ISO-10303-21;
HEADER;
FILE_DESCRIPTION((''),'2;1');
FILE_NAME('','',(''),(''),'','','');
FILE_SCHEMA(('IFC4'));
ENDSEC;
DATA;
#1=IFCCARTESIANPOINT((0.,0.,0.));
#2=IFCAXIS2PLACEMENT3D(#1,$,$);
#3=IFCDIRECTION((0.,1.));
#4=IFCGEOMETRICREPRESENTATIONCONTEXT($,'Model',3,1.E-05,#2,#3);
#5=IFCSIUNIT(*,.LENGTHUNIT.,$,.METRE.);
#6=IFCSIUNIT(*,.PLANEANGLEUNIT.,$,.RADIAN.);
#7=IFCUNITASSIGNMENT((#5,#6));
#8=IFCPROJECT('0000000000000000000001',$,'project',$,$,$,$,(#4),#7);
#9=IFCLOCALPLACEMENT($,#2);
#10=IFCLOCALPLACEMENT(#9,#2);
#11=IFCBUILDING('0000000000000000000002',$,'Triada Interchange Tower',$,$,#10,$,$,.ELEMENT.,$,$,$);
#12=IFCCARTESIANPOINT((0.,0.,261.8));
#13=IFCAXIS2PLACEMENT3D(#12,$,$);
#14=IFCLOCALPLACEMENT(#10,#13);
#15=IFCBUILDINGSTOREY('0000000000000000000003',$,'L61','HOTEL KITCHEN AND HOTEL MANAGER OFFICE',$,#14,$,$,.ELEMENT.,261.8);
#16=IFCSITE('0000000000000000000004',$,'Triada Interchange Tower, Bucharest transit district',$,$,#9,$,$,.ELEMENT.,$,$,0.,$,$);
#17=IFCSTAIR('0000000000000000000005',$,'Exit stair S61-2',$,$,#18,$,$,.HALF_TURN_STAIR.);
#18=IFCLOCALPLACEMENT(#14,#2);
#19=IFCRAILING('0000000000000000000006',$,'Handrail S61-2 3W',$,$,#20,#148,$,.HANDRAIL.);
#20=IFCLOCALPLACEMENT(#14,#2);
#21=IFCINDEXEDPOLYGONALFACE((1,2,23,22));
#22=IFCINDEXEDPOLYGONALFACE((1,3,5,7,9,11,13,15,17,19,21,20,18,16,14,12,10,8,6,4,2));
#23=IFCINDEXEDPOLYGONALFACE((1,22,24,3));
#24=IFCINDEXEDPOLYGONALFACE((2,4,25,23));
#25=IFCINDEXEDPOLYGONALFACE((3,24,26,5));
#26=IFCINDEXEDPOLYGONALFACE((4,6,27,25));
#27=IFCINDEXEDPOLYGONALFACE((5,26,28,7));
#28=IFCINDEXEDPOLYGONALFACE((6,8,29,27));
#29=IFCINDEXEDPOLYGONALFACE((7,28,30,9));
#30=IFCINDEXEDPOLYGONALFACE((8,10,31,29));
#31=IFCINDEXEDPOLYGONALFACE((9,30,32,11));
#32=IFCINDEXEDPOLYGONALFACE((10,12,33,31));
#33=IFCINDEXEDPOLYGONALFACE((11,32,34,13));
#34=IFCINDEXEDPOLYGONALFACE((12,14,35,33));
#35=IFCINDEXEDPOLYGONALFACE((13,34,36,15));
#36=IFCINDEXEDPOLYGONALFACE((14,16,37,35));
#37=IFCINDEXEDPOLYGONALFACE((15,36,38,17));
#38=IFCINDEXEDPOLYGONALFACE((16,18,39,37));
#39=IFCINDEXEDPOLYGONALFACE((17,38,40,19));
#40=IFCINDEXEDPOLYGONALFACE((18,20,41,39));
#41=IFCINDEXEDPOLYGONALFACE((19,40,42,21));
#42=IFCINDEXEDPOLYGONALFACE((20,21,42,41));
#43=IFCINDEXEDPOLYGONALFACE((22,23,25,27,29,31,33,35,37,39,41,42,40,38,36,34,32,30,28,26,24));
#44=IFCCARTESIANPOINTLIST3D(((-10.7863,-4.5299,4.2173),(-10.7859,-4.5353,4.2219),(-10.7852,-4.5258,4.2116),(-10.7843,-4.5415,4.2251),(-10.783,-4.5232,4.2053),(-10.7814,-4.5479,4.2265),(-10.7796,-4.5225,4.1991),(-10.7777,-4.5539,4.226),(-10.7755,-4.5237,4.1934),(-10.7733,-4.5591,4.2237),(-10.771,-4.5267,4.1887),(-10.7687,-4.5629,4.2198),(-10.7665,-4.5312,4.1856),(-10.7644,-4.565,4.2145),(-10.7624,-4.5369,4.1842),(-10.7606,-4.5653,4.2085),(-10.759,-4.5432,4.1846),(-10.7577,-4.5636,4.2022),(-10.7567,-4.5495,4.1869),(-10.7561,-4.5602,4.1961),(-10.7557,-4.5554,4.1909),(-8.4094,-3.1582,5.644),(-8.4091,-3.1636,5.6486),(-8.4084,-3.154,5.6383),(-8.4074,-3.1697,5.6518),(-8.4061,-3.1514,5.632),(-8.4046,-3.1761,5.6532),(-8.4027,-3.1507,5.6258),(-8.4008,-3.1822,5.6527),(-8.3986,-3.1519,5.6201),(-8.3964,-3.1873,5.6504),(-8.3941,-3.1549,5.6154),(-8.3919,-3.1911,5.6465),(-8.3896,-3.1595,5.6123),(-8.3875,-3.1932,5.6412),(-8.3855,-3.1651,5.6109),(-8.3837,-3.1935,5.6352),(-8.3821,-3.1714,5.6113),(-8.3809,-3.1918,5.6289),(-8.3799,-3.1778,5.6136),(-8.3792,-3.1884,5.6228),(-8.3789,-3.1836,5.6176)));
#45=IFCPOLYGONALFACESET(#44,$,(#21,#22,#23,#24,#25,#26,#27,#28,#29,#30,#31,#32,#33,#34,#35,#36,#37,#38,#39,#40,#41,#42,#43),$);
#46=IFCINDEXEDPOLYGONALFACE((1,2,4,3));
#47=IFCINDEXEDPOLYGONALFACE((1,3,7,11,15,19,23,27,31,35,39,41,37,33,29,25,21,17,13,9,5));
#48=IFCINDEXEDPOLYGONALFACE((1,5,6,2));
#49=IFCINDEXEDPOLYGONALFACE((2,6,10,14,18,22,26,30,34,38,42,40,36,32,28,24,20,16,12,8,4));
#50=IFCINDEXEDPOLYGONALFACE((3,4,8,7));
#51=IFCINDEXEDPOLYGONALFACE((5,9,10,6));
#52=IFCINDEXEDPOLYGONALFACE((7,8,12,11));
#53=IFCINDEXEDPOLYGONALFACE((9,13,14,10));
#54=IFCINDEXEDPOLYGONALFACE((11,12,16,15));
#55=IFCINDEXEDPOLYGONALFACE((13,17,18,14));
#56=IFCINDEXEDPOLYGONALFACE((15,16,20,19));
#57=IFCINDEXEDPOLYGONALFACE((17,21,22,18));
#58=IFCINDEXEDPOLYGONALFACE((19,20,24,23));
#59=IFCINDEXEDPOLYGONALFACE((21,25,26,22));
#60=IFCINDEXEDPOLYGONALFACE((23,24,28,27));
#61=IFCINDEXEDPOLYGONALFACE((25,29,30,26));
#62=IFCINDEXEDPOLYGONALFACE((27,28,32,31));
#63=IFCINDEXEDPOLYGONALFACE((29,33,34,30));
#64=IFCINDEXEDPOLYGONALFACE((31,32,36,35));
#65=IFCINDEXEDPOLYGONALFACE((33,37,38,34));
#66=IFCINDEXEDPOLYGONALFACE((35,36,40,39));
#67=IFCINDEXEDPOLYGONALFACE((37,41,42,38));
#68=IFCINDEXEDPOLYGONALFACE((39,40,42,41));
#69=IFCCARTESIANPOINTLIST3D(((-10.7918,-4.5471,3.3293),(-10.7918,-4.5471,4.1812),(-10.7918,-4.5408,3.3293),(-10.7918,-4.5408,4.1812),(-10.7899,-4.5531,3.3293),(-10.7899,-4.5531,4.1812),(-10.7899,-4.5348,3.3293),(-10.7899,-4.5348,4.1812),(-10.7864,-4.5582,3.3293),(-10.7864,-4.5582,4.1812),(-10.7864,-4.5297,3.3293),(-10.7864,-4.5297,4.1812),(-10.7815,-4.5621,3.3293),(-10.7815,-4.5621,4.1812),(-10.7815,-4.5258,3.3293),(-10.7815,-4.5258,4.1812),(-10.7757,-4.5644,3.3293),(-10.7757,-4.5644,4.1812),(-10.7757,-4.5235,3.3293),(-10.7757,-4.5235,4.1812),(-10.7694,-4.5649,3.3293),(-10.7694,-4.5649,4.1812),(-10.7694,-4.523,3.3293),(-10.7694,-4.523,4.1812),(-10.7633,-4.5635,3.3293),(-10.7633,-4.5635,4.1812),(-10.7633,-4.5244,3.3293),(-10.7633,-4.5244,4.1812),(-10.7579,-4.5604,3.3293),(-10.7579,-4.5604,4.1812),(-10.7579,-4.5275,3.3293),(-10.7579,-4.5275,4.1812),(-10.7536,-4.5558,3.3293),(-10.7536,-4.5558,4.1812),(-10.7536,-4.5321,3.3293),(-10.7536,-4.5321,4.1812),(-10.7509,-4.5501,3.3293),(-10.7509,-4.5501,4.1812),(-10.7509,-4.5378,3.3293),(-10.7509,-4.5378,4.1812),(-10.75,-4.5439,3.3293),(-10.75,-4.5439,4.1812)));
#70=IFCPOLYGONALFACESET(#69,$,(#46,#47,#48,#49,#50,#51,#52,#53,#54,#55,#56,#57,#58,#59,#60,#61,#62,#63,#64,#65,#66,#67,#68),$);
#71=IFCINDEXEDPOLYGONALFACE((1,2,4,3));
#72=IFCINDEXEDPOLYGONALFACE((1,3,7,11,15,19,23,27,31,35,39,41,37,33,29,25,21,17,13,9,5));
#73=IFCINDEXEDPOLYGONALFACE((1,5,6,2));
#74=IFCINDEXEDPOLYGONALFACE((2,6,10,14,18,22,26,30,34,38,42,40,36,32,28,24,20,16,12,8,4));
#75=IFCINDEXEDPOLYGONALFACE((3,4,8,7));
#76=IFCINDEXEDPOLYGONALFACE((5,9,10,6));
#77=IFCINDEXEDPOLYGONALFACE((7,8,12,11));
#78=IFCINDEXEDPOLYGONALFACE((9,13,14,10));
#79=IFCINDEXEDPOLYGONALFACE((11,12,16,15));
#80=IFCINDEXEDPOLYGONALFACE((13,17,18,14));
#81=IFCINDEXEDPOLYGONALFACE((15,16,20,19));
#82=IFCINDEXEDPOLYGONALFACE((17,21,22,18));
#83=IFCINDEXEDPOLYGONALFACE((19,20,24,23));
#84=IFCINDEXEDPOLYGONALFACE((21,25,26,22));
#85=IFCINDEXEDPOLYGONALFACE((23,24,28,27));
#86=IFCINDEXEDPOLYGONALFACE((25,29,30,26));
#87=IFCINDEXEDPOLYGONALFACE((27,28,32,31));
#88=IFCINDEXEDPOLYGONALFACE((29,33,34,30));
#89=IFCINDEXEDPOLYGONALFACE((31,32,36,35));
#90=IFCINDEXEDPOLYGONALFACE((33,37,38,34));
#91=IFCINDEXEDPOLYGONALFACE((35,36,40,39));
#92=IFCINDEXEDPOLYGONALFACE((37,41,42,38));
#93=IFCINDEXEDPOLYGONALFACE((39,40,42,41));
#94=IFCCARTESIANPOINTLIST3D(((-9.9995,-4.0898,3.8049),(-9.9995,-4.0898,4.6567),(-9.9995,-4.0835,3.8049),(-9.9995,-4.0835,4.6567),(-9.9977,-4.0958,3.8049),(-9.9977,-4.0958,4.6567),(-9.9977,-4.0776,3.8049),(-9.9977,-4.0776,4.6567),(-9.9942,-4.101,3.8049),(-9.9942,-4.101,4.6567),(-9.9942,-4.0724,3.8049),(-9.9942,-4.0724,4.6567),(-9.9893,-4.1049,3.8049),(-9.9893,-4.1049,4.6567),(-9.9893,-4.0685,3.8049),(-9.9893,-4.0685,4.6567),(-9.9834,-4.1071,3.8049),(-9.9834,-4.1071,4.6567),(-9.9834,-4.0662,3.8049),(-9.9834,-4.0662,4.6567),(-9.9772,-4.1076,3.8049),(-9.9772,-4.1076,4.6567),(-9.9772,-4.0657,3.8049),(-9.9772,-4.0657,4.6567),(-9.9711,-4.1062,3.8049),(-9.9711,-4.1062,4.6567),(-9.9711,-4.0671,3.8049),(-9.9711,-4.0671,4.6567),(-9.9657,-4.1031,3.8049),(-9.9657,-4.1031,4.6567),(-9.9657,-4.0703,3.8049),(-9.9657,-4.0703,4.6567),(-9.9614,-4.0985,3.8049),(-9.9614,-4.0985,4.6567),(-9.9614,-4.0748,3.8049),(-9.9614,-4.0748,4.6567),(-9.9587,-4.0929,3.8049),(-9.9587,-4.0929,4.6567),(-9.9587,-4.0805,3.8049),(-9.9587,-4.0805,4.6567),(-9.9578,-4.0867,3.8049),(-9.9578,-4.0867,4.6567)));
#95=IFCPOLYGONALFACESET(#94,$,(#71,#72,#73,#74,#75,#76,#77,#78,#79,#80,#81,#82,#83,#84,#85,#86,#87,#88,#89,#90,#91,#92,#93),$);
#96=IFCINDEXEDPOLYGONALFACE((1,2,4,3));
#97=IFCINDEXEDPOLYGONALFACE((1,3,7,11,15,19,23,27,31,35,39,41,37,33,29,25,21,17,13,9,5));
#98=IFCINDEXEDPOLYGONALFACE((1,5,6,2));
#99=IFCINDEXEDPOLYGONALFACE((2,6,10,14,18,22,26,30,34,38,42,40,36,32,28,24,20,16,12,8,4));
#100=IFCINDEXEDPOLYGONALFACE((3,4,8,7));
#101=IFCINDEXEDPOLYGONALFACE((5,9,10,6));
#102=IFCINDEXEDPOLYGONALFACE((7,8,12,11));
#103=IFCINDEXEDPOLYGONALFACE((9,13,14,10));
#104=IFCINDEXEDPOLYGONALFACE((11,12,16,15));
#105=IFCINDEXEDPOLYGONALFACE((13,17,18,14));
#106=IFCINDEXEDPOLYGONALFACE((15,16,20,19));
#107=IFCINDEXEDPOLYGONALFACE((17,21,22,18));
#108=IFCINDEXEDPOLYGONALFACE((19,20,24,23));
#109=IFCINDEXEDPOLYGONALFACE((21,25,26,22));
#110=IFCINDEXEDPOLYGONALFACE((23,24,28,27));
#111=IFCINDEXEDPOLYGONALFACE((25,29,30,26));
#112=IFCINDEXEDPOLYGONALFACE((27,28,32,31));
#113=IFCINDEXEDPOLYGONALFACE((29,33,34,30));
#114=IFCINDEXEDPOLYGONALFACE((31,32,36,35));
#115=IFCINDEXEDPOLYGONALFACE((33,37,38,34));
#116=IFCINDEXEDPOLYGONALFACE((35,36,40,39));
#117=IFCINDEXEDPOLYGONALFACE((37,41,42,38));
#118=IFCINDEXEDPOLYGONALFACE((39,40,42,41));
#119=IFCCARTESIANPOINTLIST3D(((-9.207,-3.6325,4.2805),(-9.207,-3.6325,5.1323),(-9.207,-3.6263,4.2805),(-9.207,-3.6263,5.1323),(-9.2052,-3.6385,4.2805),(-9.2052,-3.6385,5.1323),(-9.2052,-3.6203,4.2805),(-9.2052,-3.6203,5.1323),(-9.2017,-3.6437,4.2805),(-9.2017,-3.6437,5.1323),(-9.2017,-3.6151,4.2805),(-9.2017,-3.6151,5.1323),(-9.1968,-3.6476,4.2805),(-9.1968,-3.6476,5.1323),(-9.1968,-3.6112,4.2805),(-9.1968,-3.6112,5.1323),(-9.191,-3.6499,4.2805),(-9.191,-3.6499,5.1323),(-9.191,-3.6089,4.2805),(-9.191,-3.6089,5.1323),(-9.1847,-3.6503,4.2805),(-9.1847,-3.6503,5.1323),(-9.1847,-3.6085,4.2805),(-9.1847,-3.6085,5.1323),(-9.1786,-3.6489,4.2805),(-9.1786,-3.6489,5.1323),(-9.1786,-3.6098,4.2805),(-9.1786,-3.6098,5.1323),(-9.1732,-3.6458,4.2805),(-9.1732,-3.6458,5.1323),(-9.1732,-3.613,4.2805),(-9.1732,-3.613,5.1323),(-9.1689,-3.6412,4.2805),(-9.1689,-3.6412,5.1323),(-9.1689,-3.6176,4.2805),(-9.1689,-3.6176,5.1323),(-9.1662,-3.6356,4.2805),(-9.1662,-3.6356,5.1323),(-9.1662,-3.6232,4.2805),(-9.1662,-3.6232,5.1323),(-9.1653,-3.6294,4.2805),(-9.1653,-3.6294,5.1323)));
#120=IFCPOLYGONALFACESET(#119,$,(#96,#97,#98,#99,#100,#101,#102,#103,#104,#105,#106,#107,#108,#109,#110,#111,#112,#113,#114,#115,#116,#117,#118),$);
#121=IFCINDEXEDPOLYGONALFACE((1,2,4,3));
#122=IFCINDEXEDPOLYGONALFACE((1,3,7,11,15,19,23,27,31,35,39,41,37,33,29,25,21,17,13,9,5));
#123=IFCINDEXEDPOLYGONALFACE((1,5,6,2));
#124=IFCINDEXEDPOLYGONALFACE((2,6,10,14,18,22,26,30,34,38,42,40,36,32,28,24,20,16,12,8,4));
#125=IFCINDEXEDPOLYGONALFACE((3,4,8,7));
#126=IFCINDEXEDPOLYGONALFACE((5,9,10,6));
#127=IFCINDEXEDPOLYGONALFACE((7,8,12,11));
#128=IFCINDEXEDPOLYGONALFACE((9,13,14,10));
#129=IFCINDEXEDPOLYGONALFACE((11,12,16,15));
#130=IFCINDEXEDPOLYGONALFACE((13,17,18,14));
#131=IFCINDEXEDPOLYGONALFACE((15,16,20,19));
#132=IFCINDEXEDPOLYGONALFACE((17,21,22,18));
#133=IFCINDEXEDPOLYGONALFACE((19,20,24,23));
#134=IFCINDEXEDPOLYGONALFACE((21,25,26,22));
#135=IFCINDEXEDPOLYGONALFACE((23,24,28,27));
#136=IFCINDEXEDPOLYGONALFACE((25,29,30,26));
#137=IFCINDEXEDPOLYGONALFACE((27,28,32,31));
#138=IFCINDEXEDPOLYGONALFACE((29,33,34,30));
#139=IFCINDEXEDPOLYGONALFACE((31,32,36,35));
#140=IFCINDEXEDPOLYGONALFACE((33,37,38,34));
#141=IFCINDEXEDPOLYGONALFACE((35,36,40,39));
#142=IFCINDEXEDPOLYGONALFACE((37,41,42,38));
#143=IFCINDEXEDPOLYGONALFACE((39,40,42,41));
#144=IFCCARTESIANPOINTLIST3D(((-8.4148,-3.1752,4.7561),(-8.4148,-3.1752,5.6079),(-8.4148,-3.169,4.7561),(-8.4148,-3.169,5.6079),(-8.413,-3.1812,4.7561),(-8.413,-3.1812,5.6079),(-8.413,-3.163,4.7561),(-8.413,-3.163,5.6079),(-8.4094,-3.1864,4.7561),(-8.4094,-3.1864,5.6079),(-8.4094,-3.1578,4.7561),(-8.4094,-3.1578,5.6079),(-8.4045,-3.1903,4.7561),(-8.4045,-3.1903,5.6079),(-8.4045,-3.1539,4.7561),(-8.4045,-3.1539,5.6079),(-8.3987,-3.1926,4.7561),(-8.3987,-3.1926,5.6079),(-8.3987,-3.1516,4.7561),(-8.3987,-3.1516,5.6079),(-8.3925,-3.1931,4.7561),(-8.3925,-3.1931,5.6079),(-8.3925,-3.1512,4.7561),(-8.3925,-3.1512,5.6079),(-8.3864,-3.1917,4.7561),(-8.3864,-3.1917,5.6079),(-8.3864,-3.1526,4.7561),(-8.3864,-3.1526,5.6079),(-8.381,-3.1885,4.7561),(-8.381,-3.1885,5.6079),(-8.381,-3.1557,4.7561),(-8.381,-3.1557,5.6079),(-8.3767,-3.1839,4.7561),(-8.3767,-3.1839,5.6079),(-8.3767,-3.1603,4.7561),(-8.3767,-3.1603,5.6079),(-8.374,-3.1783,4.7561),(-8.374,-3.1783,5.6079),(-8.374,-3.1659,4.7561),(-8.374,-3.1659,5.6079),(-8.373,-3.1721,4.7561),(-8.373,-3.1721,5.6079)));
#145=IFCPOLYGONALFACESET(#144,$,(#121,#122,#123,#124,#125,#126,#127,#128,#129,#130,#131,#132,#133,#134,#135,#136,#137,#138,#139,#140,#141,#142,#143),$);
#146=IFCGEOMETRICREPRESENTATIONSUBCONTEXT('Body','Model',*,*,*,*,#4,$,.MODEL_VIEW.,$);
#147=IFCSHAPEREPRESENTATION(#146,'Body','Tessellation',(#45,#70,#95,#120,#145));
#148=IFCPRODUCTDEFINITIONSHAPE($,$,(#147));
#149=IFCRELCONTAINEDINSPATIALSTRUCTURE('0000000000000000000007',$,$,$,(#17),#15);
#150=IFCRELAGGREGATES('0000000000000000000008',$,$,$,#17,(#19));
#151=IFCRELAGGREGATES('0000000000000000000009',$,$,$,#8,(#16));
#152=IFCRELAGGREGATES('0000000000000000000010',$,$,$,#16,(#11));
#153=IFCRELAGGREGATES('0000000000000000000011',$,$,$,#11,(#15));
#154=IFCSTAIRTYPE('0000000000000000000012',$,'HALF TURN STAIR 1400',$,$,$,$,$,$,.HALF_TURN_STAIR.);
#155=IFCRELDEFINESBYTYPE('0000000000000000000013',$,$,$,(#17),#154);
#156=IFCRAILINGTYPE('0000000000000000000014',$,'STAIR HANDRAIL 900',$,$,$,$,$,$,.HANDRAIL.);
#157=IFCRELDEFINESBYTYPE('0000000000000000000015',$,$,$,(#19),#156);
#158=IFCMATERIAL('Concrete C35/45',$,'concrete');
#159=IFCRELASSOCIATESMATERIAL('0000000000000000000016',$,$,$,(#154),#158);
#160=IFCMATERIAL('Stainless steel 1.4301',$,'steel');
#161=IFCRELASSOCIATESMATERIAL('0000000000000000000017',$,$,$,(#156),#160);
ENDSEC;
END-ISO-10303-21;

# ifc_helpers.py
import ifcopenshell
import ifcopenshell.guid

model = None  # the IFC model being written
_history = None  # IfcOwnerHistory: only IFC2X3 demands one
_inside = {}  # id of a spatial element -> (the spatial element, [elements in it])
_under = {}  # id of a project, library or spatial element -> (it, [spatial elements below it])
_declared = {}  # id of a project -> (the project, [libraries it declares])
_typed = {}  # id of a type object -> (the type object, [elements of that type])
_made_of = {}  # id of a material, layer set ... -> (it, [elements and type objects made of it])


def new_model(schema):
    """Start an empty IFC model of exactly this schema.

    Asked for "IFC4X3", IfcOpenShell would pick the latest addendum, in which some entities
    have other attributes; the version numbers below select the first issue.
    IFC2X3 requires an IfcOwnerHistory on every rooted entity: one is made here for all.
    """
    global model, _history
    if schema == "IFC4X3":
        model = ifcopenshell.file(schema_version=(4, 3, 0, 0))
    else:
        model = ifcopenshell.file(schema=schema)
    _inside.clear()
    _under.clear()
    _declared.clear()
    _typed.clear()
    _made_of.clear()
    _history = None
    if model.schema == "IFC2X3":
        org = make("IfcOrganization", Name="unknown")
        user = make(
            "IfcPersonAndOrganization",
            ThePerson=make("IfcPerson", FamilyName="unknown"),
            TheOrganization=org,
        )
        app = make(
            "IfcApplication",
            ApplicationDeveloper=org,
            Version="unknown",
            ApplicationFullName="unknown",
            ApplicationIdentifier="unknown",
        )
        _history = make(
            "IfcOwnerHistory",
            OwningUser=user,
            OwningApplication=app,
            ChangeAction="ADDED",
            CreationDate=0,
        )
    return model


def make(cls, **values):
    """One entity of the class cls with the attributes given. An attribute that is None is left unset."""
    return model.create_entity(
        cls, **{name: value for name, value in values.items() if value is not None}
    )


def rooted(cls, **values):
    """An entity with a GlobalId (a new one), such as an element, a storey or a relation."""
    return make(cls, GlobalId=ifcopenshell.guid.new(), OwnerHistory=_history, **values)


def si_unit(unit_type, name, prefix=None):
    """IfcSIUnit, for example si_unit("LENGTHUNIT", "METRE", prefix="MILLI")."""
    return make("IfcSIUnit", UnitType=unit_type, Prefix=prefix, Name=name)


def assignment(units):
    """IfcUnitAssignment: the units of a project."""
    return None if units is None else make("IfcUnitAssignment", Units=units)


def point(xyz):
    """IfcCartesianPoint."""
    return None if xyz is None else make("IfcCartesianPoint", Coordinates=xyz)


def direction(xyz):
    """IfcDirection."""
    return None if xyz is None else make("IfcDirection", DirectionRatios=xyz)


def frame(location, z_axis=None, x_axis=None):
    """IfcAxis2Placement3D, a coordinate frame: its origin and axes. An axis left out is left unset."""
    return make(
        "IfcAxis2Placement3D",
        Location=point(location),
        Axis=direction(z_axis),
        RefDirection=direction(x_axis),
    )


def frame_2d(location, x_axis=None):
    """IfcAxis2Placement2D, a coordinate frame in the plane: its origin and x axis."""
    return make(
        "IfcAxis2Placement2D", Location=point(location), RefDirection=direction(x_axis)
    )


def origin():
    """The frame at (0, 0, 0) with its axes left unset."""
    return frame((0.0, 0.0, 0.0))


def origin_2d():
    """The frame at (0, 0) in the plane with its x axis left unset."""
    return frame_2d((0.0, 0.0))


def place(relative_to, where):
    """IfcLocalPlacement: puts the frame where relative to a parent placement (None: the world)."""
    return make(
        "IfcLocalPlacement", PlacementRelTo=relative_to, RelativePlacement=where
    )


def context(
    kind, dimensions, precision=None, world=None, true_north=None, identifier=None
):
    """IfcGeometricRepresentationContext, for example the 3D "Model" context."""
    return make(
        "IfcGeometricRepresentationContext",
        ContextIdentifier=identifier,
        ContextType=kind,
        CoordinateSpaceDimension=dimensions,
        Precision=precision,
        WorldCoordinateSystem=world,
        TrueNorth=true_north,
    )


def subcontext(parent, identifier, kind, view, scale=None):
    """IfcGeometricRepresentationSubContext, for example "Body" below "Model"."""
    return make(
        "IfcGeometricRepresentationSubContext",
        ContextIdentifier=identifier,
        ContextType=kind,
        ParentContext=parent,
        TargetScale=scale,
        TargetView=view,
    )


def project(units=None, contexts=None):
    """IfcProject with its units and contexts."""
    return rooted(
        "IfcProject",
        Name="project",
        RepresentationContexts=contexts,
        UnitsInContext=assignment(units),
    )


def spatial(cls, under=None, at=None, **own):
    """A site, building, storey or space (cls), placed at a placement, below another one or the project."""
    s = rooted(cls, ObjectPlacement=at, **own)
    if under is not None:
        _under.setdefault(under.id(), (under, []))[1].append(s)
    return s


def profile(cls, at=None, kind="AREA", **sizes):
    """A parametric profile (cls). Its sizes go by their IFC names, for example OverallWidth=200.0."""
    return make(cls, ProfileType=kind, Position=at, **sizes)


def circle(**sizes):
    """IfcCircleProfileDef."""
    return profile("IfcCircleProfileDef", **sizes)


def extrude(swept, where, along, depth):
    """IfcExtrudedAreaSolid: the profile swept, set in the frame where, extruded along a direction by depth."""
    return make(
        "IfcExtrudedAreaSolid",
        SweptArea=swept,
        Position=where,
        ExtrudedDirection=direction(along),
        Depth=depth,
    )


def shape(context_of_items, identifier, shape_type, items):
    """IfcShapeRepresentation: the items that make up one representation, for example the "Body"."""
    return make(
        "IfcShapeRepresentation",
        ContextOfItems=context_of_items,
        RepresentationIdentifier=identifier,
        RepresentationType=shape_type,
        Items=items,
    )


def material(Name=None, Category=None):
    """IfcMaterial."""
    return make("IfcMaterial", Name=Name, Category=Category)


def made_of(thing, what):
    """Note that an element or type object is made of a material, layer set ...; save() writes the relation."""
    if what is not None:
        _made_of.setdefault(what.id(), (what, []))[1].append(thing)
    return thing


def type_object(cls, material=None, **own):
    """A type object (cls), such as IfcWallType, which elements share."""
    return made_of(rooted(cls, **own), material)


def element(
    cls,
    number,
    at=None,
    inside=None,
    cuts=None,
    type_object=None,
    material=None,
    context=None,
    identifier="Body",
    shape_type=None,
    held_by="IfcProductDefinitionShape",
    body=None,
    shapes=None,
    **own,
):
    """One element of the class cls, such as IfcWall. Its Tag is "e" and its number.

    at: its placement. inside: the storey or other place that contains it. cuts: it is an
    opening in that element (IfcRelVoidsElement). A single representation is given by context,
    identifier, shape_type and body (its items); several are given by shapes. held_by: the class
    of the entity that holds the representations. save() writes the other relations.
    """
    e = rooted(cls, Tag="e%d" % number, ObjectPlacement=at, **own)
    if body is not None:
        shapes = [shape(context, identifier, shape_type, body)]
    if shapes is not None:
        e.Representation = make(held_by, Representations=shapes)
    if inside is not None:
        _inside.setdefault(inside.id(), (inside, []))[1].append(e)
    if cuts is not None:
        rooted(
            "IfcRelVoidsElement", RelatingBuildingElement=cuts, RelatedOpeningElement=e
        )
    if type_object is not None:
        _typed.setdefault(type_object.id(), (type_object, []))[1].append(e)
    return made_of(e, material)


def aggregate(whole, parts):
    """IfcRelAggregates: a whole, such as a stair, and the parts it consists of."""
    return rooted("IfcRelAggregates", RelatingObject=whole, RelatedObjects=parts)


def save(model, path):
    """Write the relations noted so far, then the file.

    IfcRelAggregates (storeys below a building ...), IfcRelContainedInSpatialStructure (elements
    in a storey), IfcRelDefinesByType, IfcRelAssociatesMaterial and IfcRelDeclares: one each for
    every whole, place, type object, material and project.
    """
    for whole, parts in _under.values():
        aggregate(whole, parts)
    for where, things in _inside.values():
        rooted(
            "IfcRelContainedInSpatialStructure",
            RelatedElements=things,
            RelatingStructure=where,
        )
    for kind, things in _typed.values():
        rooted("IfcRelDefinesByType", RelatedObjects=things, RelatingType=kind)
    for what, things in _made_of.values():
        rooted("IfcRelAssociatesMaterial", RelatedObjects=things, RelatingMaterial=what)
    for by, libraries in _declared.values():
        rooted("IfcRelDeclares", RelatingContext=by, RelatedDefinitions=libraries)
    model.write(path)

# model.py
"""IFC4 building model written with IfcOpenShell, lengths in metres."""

from ifc_helpers import new_model, si_unit, direction, frame, origin, origin_2d, place, context, subcontext, project, spatial, circle, extrude, material, type_object, element, aggregate, save


model = new_model("IFC4")

# Units and contexts
model_context = context("Model", 3, precision=1e-05, world=origin(), true_north=direction((0.0, 1.0)))
body_context = subcontext(model_context, "Body", "Model", "MODEL_VIEW")
ifc_project = project(units=[si_unit("LENGTHUNIT", "METRE"), si_unit("PLANEANGLEUNIT", "RADIAN")], contexts=[model_context])

# Site, building, storey
site_placement = place(None, origin())
site = spatial("IfcSite", under=ifc_project, at=site_placement, Name="Triada Interchange Tower, Bucharest transit district", CompositionType="ELEMENT", RefElevation=0.0)
building_placement = place(site_placement, origin())
building = spatial("IfcBuilding", under=site, at=building_placement, Name="Triada Interchange Tower", CompositionType="ELEMENT")
storey_placement = place(building_placement, frame((0.0, 0.0, 261.8)))
storey = spatial("IfcBuildingStorey", under=building, at=storey_placement, Name="L61", Description="HOTEL KITCHEN AND HOTEL MANAGER OFFICE", CompositionType="ELEMENT", Elevation=261.8)

# Shared definitions
ifc_material_1 = material(Name="Concrete C35/45", Category="concrete")

# Stair, railing
stair_type = type_object("IfcStairType", Name="HALF TURN STAIR 1400", PredefinedType="HALF_TURN_STAIR", material=ifc_material_1)
stair_placement = place(storey_placement, origin())
stair = element("IfcStair", 1, at=stair_placement, inside=storey, type_object=stair_type, Name="Exit stair S61-2", PredefinedType="HALF_TURN_STAIR")
ifc_material_2 = material(Name="Stainless steel 1.4301", Category="steel")
railing_type_1 = type_object("IfcRailingType", Name="STAIR HANDRAIL 900", PredefinedType="HANDRAIL", material=ifc_material_2)
railing_1_placement = place(storey_placement, frame((-10.771, -4.5439, 3.3293)))
railing_1 = element("IfcRailing", 2, at=railing_1_placement, type_object=railing_type_1, Name="Handrail S61-2 3W", PredefinedType="HANDRAIL", context=body_context, shape_type="SweptSolid", body=[
    extrude(circle(Radius=0.0239, at=origin_2d()), frame((0.0, 0.0, 0.876), z_axis=(0.768462, 0.443507, 0.461267), x_axis=(-0.499861, 0.866106, 0.0)), (0.0, 0.0, 1.0), 3.093),
    extrude(circle(Radius=0.021, at=origin_2d()), origin(), (0.0, 0.0, 1.0), 0.8518),
    extrude(circle(Radius=0.021, at=origin_2d()), frame((0.7922, 0.4573, 0.4756)), (0.0, 0.0, 1.0), 0.8518),
    extrude(circle(Radius=0.021, at=origin_2d()), frame((1.5847, 0.9146, 0.9512)), (0.0, 0.0, 1.0), 0.8518),
    extrude(circle(Radius=0.021, at=origin_2d()), frame((2.377, 1.3718, 1.4268)), (0.0, 0.0, 1.0), 0.8518),
])
aggregate(stair, [railing_1])

save(model, "model.ifc")
